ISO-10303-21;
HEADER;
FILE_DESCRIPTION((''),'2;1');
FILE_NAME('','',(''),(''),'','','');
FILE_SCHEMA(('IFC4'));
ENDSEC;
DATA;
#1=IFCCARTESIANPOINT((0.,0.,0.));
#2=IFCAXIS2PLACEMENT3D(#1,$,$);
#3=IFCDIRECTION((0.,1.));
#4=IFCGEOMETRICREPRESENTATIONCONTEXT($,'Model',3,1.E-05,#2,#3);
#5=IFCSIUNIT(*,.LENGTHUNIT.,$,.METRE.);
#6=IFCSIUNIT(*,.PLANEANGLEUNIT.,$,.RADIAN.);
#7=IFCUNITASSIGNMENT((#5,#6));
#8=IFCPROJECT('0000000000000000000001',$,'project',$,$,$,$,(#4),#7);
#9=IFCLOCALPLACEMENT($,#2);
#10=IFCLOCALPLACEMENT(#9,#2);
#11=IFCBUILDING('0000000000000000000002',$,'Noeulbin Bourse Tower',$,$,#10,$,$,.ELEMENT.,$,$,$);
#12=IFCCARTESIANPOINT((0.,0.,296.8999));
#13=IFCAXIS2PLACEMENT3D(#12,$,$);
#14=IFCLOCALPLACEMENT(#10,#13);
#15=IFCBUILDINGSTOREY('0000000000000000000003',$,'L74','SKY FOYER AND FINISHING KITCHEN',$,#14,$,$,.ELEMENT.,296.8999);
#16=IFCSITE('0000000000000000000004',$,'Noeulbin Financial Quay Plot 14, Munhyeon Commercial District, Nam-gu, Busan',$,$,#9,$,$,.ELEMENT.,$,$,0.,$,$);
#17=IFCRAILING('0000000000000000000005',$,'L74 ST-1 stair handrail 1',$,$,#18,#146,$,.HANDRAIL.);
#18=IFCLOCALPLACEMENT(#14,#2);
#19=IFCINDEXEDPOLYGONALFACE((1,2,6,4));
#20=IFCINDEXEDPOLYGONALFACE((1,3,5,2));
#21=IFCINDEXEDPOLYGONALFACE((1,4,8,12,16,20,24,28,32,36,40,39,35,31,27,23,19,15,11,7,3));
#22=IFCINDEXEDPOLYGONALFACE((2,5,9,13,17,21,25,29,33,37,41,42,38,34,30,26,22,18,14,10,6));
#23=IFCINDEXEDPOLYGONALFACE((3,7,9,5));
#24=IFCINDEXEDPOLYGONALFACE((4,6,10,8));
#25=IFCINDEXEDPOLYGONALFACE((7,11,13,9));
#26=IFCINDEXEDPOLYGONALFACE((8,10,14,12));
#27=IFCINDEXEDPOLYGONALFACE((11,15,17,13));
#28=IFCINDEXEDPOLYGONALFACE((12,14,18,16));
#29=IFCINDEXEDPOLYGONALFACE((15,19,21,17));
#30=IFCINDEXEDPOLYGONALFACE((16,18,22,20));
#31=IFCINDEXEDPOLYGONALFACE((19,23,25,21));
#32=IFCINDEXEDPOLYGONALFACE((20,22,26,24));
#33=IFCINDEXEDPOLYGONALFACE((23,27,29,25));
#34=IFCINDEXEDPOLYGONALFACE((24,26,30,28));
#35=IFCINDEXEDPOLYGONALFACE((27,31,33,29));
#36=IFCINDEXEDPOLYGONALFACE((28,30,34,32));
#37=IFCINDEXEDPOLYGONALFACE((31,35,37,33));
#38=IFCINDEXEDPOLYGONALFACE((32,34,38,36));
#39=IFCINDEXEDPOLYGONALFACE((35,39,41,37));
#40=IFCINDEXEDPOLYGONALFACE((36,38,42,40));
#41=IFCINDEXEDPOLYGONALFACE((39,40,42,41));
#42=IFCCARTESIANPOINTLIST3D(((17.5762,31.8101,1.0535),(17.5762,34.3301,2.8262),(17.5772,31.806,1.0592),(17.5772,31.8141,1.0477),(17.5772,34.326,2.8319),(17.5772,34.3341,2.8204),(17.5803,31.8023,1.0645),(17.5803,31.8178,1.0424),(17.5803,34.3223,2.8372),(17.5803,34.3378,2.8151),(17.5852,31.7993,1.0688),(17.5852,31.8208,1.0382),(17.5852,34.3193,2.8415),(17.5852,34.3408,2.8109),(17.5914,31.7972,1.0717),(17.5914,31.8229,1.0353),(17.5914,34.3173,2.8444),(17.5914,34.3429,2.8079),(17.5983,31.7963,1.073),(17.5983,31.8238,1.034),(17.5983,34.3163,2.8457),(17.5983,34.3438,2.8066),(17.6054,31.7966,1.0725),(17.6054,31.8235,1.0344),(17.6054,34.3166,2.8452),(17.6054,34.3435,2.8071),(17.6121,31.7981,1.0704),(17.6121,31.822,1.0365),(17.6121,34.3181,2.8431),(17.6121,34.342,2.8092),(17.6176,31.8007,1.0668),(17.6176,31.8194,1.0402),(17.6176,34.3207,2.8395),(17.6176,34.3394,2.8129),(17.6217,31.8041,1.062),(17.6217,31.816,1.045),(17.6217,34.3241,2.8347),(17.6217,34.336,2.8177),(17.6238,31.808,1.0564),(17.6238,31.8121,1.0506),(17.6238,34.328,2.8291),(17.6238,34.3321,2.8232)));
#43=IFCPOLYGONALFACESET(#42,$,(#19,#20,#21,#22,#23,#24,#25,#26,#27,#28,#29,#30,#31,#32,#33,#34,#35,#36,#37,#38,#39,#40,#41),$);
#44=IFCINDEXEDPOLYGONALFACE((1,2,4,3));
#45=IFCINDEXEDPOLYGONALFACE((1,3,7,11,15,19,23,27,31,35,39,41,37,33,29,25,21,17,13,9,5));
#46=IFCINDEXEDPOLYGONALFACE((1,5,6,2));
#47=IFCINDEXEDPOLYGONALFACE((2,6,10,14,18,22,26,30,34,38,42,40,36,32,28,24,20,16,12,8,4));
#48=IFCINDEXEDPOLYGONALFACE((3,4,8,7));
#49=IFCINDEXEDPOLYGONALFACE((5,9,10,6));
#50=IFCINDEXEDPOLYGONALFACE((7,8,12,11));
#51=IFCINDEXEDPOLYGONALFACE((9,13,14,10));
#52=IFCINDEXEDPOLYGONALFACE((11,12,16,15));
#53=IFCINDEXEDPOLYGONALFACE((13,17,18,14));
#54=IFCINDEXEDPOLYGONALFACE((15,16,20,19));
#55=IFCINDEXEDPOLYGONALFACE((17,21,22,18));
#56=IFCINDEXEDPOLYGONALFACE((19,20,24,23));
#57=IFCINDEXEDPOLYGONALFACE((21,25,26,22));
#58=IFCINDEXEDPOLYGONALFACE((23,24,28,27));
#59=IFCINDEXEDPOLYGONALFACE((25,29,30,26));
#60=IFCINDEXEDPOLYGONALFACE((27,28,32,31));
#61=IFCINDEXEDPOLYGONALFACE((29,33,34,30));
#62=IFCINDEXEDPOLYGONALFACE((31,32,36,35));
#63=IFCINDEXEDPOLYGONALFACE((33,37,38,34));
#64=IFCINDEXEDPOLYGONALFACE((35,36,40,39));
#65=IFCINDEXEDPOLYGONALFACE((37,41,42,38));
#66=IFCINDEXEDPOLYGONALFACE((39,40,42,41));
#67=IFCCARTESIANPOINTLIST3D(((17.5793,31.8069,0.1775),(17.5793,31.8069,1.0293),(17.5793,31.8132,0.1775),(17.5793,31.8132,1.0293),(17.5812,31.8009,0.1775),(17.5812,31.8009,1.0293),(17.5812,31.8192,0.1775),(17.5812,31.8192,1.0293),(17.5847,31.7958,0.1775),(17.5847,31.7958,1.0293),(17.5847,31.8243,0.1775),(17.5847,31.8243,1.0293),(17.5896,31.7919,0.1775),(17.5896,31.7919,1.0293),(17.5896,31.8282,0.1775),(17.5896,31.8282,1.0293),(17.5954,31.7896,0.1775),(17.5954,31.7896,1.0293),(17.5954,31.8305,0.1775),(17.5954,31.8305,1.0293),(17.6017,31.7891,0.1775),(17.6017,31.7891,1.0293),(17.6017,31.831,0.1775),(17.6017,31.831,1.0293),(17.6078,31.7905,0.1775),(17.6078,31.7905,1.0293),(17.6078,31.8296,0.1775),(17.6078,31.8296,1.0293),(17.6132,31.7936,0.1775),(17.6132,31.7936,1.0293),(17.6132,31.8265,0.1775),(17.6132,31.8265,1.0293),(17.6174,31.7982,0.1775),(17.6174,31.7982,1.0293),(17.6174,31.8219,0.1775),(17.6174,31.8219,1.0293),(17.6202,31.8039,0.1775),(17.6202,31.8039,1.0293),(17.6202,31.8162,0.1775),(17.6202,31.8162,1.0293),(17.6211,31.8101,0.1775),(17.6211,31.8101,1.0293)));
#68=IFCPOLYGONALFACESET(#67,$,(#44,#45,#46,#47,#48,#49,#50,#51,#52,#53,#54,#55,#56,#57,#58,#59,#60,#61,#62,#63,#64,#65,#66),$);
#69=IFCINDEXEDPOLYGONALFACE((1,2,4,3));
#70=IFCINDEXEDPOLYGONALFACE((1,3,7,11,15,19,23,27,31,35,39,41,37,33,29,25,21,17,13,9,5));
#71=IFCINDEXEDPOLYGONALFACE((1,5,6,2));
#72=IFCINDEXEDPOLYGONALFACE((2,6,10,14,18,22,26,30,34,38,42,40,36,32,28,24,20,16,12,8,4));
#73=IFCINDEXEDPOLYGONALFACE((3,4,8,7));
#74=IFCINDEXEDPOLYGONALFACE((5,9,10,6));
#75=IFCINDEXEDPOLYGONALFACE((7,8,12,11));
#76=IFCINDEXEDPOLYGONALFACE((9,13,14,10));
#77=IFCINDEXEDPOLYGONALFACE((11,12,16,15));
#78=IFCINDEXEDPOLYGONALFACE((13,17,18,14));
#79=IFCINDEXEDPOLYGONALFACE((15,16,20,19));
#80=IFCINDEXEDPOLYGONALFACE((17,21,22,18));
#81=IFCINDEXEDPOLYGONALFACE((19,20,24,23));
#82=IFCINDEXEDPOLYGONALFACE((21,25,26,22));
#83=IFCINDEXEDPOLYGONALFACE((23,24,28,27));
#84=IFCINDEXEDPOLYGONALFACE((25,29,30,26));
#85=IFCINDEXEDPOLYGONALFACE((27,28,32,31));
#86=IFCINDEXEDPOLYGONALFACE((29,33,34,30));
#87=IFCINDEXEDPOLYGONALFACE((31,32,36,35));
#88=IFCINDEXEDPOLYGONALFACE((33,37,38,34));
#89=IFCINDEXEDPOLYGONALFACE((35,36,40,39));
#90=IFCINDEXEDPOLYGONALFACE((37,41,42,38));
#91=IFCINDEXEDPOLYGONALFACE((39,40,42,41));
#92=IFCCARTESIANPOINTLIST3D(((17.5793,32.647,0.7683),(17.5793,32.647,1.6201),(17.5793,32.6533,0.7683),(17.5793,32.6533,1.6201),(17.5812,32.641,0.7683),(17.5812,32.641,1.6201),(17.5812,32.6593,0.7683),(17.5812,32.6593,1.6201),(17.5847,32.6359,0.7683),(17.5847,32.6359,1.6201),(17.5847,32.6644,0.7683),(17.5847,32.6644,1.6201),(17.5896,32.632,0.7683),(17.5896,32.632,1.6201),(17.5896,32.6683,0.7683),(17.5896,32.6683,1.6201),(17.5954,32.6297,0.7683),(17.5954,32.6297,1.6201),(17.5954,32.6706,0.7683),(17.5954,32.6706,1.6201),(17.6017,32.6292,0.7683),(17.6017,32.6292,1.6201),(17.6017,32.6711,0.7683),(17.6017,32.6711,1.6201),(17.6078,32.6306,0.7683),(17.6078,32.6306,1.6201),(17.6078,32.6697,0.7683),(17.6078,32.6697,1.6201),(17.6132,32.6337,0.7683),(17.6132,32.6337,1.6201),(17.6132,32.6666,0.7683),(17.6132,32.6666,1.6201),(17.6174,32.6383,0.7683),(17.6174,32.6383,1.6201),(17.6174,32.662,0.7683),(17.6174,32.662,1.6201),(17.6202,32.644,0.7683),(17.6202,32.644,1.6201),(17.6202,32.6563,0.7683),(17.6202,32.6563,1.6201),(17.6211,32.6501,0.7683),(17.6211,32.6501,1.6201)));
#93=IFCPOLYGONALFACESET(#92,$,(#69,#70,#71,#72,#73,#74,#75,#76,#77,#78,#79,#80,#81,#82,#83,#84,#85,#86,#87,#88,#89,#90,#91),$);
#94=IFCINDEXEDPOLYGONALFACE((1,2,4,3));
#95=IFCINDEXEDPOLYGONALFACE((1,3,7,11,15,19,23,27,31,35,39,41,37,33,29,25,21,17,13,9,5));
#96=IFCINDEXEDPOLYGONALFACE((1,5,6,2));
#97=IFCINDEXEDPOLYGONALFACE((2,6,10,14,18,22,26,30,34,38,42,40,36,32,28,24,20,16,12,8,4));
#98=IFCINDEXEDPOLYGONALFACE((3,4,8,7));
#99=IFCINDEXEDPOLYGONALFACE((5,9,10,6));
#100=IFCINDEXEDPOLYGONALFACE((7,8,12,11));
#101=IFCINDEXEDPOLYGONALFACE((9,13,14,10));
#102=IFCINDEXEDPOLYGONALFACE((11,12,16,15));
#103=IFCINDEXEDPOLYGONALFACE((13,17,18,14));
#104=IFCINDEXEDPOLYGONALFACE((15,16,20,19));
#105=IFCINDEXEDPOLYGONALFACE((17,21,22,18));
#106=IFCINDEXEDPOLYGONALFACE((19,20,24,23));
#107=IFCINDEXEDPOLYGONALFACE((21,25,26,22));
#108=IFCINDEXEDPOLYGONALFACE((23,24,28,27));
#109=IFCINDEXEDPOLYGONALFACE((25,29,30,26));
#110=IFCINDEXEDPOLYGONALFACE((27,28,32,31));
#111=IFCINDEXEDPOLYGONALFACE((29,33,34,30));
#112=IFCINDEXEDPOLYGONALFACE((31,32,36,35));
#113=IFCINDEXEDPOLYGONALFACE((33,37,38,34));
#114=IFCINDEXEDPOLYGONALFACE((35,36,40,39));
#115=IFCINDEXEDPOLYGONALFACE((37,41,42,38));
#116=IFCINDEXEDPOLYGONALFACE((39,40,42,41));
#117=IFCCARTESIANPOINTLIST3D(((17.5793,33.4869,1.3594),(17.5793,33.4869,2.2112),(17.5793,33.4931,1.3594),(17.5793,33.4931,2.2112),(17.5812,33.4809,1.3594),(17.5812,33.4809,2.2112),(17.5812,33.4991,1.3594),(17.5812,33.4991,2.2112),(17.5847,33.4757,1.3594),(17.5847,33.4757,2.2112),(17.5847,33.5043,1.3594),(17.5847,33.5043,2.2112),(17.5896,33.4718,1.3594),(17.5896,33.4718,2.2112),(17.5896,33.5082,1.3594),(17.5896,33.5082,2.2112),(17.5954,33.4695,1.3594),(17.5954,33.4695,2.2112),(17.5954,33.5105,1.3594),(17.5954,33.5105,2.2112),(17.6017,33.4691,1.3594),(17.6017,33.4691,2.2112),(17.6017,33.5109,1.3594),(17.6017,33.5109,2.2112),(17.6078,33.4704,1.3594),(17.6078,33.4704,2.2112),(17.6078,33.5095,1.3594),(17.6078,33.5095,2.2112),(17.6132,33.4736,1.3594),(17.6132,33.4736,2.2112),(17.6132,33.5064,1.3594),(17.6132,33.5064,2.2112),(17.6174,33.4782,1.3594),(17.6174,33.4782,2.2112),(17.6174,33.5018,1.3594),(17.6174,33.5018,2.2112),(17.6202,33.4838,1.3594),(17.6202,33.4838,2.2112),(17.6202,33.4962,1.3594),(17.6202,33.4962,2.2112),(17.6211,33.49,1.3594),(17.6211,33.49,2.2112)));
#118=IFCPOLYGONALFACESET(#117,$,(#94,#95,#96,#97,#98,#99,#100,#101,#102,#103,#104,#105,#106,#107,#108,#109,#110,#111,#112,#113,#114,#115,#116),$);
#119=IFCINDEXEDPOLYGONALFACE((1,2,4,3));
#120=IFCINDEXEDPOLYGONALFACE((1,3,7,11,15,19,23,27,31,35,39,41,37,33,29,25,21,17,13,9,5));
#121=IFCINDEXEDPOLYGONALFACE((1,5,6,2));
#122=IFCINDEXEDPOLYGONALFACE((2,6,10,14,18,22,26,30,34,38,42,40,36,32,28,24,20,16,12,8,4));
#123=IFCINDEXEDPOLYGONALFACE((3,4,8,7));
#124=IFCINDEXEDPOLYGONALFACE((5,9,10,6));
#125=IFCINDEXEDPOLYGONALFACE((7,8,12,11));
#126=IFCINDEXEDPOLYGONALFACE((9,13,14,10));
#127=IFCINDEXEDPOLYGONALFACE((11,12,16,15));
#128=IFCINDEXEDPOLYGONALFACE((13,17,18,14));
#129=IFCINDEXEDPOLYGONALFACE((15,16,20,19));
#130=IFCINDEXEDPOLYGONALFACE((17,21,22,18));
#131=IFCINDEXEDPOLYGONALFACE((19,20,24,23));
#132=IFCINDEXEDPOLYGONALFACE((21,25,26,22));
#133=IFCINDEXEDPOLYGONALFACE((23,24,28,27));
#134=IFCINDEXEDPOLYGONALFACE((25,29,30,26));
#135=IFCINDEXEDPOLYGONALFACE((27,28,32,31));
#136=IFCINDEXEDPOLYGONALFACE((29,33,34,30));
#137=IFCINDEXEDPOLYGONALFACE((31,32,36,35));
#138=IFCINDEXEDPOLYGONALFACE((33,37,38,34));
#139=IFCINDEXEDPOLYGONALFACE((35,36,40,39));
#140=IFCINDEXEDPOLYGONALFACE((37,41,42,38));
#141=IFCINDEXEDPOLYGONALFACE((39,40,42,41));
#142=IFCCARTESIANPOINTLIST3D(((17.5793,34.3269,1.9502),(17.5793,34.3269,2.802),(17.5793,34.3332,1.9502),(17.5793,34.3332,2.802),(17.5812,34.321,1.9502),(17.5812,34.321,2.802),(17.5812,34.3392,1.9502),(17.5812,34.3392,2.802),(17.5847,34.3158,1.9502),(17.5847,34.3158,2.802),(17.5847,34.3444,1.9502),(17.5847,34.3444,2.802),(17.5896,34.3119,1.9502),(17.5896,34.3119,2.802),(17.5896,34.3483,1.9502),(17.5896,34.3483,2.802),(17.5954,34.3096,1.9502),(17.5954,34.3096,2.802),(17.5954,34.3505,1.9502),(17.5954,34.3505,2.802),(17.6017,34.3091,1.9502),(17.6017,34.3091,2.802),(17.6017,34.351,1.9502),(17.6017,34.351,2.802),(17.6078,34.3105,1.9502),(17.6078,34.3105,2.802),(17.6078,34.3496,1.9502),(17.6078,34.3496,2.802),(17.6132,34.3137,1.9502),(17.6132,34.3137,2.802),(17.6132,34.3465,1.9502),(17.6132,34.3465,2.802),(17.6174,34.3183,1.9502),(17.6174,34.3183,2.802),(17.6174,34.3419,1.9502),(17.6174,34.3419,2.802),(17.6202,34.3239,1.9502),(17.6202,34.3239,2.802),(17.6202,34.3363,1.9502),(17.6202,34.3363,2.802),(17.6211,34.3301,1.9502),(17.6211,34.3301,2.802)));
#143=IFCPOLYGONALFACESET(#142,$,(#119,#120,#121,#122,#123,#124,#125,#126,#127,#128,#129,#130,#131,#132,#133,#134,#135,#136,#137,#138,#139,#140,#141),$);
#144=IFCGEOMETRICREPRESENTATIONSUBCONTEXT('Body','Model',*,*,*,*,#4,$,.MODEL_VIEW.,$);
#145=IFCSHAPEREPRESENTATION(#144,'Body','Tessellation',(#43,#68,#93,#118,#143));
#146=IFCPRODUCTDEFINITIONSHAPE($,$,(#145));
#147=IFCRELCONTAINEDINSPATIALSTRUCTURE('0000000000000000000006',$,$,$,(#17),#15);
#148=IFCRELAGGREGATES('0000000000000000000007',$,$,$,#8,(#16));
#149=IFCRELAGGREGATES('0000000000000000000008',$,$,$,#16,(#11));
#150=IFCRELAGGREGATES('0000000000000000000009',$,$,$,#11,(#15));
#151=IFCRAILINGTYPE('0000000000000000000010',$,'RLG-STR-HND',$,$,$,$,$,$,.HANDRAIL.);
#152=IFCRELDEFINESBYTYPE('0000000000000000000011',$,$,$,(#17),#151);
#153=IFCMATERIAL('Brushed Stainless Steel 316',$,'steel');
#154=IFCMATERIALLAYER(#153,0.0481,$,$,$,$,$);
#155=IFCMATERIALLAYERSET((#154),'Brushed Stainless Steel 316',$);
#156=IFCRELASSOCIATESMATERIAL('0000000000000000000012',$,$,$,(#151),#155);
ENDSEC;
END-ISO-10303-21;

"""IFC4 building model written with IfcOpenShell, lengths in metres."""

from ifc_helpers import new_model, si_unit, direction, frame, origin, origin_2d, place, context, subcontext, project, spatial, circle, extrude, material, layer, layer_set, type_object, element, save


model = new_model("IFC4")

# Units and contexts
model_context = context("Model", 3, precision=1e-05, world=origin(), true_north=direction((0.0, 1.0)))
body_context = subcontext(model_context, "Body", "Model", "MODEL_VIEW")
ifc_project = project(units=[si_unit("LENGTHUNIT", "METRE"), si_unit("PLANEANGLEUNIT", "RADIAN")], contexts=[model_context])

# Site, building, storey
site_placement = place(None, origin())
site = spatial("IfcSite", under=ifc_project, at=site_placement, Name="Noeulbin Financial Quay Plot 14, Munhyeon Commercial District, Nam-gu, Busan", CompositionType="ELEMENT", RefElevation=0.0)
building_placement = place(site_placement, origin())
building = spatial("IfcBuilding", under=site, at=building_placement, Name="Noeulbin Bourse Tower", CompositionType="ELEMENT")
storey_placement = place(building_placement, frame((0.0, 0.0, 296.8999)))
storey = spatial("IfcBuildingStorey", under=building, at=storey_placement, Name="L74", Description="SKY FOYER AND FINISHING KITCHEN", CompositionType="ELEMENT", Elevation=296.8999)

# Shared definitions
ifc_material_1 = material(Name="Brushed Stainless Steel 316", Category="steel")

# Railing
ifc_layer_1 = layer(ifc_material_1, 0.0481)
ifc_layer_set_1 = layer_set([ifc_layer_1], Name="Brushed Stainless Steel 316")
railing_type_1 = type_object("IfcRailingType", Name="RLG-STR-HND", PredefinedType="HANDRAIL", material=ifc_layer_set_1)
railing_1_placement = place(storey_placement, frame((17.6001, 31.8101, 0.1775)))
element("IfcRailing", 1, at=railing_1_placement, inside=storey, type_object=railing_type_1, Name="L74 ST-1 stair handrail 1", PredefinedType="HANDRAIL", context=body_context, shape_type="SweptSolid", body=[
    extrude(circle(Radius=0.0239, at=origin_2d()), frame((0.0, 0.0, 0.876), z_axis=(0.0, 0.817904, 0.575354), x_axis=(-1.0, 0.0, 0.0)), (0.0, 0.0, 1.0), 3.0811),
    extrude(circle(Radius=0.021, at=origin_2d()), origin(), (0.0, 0.0, 1.0), 0.8518),
    extrude(circle(Radius=0.021, at=origin_2d()), frame((0.0, 0.8401, 0.5908)), (0.0, 0.0, 1.0), 0.8518),
    extrude(circle(Radius=0.021, at=origin_2d()), frame((0.0, 1.6799, 1.1819)), (0.0, 0.0, 1.0), 0.8518),
    extrude(circle(Radius=0.021, at=origin_2d()), frame((0.0, 2.52, 1.7727)), (0.0, 0.0, 1.0), 0.8518),
])

save(model, "model.ifc")
